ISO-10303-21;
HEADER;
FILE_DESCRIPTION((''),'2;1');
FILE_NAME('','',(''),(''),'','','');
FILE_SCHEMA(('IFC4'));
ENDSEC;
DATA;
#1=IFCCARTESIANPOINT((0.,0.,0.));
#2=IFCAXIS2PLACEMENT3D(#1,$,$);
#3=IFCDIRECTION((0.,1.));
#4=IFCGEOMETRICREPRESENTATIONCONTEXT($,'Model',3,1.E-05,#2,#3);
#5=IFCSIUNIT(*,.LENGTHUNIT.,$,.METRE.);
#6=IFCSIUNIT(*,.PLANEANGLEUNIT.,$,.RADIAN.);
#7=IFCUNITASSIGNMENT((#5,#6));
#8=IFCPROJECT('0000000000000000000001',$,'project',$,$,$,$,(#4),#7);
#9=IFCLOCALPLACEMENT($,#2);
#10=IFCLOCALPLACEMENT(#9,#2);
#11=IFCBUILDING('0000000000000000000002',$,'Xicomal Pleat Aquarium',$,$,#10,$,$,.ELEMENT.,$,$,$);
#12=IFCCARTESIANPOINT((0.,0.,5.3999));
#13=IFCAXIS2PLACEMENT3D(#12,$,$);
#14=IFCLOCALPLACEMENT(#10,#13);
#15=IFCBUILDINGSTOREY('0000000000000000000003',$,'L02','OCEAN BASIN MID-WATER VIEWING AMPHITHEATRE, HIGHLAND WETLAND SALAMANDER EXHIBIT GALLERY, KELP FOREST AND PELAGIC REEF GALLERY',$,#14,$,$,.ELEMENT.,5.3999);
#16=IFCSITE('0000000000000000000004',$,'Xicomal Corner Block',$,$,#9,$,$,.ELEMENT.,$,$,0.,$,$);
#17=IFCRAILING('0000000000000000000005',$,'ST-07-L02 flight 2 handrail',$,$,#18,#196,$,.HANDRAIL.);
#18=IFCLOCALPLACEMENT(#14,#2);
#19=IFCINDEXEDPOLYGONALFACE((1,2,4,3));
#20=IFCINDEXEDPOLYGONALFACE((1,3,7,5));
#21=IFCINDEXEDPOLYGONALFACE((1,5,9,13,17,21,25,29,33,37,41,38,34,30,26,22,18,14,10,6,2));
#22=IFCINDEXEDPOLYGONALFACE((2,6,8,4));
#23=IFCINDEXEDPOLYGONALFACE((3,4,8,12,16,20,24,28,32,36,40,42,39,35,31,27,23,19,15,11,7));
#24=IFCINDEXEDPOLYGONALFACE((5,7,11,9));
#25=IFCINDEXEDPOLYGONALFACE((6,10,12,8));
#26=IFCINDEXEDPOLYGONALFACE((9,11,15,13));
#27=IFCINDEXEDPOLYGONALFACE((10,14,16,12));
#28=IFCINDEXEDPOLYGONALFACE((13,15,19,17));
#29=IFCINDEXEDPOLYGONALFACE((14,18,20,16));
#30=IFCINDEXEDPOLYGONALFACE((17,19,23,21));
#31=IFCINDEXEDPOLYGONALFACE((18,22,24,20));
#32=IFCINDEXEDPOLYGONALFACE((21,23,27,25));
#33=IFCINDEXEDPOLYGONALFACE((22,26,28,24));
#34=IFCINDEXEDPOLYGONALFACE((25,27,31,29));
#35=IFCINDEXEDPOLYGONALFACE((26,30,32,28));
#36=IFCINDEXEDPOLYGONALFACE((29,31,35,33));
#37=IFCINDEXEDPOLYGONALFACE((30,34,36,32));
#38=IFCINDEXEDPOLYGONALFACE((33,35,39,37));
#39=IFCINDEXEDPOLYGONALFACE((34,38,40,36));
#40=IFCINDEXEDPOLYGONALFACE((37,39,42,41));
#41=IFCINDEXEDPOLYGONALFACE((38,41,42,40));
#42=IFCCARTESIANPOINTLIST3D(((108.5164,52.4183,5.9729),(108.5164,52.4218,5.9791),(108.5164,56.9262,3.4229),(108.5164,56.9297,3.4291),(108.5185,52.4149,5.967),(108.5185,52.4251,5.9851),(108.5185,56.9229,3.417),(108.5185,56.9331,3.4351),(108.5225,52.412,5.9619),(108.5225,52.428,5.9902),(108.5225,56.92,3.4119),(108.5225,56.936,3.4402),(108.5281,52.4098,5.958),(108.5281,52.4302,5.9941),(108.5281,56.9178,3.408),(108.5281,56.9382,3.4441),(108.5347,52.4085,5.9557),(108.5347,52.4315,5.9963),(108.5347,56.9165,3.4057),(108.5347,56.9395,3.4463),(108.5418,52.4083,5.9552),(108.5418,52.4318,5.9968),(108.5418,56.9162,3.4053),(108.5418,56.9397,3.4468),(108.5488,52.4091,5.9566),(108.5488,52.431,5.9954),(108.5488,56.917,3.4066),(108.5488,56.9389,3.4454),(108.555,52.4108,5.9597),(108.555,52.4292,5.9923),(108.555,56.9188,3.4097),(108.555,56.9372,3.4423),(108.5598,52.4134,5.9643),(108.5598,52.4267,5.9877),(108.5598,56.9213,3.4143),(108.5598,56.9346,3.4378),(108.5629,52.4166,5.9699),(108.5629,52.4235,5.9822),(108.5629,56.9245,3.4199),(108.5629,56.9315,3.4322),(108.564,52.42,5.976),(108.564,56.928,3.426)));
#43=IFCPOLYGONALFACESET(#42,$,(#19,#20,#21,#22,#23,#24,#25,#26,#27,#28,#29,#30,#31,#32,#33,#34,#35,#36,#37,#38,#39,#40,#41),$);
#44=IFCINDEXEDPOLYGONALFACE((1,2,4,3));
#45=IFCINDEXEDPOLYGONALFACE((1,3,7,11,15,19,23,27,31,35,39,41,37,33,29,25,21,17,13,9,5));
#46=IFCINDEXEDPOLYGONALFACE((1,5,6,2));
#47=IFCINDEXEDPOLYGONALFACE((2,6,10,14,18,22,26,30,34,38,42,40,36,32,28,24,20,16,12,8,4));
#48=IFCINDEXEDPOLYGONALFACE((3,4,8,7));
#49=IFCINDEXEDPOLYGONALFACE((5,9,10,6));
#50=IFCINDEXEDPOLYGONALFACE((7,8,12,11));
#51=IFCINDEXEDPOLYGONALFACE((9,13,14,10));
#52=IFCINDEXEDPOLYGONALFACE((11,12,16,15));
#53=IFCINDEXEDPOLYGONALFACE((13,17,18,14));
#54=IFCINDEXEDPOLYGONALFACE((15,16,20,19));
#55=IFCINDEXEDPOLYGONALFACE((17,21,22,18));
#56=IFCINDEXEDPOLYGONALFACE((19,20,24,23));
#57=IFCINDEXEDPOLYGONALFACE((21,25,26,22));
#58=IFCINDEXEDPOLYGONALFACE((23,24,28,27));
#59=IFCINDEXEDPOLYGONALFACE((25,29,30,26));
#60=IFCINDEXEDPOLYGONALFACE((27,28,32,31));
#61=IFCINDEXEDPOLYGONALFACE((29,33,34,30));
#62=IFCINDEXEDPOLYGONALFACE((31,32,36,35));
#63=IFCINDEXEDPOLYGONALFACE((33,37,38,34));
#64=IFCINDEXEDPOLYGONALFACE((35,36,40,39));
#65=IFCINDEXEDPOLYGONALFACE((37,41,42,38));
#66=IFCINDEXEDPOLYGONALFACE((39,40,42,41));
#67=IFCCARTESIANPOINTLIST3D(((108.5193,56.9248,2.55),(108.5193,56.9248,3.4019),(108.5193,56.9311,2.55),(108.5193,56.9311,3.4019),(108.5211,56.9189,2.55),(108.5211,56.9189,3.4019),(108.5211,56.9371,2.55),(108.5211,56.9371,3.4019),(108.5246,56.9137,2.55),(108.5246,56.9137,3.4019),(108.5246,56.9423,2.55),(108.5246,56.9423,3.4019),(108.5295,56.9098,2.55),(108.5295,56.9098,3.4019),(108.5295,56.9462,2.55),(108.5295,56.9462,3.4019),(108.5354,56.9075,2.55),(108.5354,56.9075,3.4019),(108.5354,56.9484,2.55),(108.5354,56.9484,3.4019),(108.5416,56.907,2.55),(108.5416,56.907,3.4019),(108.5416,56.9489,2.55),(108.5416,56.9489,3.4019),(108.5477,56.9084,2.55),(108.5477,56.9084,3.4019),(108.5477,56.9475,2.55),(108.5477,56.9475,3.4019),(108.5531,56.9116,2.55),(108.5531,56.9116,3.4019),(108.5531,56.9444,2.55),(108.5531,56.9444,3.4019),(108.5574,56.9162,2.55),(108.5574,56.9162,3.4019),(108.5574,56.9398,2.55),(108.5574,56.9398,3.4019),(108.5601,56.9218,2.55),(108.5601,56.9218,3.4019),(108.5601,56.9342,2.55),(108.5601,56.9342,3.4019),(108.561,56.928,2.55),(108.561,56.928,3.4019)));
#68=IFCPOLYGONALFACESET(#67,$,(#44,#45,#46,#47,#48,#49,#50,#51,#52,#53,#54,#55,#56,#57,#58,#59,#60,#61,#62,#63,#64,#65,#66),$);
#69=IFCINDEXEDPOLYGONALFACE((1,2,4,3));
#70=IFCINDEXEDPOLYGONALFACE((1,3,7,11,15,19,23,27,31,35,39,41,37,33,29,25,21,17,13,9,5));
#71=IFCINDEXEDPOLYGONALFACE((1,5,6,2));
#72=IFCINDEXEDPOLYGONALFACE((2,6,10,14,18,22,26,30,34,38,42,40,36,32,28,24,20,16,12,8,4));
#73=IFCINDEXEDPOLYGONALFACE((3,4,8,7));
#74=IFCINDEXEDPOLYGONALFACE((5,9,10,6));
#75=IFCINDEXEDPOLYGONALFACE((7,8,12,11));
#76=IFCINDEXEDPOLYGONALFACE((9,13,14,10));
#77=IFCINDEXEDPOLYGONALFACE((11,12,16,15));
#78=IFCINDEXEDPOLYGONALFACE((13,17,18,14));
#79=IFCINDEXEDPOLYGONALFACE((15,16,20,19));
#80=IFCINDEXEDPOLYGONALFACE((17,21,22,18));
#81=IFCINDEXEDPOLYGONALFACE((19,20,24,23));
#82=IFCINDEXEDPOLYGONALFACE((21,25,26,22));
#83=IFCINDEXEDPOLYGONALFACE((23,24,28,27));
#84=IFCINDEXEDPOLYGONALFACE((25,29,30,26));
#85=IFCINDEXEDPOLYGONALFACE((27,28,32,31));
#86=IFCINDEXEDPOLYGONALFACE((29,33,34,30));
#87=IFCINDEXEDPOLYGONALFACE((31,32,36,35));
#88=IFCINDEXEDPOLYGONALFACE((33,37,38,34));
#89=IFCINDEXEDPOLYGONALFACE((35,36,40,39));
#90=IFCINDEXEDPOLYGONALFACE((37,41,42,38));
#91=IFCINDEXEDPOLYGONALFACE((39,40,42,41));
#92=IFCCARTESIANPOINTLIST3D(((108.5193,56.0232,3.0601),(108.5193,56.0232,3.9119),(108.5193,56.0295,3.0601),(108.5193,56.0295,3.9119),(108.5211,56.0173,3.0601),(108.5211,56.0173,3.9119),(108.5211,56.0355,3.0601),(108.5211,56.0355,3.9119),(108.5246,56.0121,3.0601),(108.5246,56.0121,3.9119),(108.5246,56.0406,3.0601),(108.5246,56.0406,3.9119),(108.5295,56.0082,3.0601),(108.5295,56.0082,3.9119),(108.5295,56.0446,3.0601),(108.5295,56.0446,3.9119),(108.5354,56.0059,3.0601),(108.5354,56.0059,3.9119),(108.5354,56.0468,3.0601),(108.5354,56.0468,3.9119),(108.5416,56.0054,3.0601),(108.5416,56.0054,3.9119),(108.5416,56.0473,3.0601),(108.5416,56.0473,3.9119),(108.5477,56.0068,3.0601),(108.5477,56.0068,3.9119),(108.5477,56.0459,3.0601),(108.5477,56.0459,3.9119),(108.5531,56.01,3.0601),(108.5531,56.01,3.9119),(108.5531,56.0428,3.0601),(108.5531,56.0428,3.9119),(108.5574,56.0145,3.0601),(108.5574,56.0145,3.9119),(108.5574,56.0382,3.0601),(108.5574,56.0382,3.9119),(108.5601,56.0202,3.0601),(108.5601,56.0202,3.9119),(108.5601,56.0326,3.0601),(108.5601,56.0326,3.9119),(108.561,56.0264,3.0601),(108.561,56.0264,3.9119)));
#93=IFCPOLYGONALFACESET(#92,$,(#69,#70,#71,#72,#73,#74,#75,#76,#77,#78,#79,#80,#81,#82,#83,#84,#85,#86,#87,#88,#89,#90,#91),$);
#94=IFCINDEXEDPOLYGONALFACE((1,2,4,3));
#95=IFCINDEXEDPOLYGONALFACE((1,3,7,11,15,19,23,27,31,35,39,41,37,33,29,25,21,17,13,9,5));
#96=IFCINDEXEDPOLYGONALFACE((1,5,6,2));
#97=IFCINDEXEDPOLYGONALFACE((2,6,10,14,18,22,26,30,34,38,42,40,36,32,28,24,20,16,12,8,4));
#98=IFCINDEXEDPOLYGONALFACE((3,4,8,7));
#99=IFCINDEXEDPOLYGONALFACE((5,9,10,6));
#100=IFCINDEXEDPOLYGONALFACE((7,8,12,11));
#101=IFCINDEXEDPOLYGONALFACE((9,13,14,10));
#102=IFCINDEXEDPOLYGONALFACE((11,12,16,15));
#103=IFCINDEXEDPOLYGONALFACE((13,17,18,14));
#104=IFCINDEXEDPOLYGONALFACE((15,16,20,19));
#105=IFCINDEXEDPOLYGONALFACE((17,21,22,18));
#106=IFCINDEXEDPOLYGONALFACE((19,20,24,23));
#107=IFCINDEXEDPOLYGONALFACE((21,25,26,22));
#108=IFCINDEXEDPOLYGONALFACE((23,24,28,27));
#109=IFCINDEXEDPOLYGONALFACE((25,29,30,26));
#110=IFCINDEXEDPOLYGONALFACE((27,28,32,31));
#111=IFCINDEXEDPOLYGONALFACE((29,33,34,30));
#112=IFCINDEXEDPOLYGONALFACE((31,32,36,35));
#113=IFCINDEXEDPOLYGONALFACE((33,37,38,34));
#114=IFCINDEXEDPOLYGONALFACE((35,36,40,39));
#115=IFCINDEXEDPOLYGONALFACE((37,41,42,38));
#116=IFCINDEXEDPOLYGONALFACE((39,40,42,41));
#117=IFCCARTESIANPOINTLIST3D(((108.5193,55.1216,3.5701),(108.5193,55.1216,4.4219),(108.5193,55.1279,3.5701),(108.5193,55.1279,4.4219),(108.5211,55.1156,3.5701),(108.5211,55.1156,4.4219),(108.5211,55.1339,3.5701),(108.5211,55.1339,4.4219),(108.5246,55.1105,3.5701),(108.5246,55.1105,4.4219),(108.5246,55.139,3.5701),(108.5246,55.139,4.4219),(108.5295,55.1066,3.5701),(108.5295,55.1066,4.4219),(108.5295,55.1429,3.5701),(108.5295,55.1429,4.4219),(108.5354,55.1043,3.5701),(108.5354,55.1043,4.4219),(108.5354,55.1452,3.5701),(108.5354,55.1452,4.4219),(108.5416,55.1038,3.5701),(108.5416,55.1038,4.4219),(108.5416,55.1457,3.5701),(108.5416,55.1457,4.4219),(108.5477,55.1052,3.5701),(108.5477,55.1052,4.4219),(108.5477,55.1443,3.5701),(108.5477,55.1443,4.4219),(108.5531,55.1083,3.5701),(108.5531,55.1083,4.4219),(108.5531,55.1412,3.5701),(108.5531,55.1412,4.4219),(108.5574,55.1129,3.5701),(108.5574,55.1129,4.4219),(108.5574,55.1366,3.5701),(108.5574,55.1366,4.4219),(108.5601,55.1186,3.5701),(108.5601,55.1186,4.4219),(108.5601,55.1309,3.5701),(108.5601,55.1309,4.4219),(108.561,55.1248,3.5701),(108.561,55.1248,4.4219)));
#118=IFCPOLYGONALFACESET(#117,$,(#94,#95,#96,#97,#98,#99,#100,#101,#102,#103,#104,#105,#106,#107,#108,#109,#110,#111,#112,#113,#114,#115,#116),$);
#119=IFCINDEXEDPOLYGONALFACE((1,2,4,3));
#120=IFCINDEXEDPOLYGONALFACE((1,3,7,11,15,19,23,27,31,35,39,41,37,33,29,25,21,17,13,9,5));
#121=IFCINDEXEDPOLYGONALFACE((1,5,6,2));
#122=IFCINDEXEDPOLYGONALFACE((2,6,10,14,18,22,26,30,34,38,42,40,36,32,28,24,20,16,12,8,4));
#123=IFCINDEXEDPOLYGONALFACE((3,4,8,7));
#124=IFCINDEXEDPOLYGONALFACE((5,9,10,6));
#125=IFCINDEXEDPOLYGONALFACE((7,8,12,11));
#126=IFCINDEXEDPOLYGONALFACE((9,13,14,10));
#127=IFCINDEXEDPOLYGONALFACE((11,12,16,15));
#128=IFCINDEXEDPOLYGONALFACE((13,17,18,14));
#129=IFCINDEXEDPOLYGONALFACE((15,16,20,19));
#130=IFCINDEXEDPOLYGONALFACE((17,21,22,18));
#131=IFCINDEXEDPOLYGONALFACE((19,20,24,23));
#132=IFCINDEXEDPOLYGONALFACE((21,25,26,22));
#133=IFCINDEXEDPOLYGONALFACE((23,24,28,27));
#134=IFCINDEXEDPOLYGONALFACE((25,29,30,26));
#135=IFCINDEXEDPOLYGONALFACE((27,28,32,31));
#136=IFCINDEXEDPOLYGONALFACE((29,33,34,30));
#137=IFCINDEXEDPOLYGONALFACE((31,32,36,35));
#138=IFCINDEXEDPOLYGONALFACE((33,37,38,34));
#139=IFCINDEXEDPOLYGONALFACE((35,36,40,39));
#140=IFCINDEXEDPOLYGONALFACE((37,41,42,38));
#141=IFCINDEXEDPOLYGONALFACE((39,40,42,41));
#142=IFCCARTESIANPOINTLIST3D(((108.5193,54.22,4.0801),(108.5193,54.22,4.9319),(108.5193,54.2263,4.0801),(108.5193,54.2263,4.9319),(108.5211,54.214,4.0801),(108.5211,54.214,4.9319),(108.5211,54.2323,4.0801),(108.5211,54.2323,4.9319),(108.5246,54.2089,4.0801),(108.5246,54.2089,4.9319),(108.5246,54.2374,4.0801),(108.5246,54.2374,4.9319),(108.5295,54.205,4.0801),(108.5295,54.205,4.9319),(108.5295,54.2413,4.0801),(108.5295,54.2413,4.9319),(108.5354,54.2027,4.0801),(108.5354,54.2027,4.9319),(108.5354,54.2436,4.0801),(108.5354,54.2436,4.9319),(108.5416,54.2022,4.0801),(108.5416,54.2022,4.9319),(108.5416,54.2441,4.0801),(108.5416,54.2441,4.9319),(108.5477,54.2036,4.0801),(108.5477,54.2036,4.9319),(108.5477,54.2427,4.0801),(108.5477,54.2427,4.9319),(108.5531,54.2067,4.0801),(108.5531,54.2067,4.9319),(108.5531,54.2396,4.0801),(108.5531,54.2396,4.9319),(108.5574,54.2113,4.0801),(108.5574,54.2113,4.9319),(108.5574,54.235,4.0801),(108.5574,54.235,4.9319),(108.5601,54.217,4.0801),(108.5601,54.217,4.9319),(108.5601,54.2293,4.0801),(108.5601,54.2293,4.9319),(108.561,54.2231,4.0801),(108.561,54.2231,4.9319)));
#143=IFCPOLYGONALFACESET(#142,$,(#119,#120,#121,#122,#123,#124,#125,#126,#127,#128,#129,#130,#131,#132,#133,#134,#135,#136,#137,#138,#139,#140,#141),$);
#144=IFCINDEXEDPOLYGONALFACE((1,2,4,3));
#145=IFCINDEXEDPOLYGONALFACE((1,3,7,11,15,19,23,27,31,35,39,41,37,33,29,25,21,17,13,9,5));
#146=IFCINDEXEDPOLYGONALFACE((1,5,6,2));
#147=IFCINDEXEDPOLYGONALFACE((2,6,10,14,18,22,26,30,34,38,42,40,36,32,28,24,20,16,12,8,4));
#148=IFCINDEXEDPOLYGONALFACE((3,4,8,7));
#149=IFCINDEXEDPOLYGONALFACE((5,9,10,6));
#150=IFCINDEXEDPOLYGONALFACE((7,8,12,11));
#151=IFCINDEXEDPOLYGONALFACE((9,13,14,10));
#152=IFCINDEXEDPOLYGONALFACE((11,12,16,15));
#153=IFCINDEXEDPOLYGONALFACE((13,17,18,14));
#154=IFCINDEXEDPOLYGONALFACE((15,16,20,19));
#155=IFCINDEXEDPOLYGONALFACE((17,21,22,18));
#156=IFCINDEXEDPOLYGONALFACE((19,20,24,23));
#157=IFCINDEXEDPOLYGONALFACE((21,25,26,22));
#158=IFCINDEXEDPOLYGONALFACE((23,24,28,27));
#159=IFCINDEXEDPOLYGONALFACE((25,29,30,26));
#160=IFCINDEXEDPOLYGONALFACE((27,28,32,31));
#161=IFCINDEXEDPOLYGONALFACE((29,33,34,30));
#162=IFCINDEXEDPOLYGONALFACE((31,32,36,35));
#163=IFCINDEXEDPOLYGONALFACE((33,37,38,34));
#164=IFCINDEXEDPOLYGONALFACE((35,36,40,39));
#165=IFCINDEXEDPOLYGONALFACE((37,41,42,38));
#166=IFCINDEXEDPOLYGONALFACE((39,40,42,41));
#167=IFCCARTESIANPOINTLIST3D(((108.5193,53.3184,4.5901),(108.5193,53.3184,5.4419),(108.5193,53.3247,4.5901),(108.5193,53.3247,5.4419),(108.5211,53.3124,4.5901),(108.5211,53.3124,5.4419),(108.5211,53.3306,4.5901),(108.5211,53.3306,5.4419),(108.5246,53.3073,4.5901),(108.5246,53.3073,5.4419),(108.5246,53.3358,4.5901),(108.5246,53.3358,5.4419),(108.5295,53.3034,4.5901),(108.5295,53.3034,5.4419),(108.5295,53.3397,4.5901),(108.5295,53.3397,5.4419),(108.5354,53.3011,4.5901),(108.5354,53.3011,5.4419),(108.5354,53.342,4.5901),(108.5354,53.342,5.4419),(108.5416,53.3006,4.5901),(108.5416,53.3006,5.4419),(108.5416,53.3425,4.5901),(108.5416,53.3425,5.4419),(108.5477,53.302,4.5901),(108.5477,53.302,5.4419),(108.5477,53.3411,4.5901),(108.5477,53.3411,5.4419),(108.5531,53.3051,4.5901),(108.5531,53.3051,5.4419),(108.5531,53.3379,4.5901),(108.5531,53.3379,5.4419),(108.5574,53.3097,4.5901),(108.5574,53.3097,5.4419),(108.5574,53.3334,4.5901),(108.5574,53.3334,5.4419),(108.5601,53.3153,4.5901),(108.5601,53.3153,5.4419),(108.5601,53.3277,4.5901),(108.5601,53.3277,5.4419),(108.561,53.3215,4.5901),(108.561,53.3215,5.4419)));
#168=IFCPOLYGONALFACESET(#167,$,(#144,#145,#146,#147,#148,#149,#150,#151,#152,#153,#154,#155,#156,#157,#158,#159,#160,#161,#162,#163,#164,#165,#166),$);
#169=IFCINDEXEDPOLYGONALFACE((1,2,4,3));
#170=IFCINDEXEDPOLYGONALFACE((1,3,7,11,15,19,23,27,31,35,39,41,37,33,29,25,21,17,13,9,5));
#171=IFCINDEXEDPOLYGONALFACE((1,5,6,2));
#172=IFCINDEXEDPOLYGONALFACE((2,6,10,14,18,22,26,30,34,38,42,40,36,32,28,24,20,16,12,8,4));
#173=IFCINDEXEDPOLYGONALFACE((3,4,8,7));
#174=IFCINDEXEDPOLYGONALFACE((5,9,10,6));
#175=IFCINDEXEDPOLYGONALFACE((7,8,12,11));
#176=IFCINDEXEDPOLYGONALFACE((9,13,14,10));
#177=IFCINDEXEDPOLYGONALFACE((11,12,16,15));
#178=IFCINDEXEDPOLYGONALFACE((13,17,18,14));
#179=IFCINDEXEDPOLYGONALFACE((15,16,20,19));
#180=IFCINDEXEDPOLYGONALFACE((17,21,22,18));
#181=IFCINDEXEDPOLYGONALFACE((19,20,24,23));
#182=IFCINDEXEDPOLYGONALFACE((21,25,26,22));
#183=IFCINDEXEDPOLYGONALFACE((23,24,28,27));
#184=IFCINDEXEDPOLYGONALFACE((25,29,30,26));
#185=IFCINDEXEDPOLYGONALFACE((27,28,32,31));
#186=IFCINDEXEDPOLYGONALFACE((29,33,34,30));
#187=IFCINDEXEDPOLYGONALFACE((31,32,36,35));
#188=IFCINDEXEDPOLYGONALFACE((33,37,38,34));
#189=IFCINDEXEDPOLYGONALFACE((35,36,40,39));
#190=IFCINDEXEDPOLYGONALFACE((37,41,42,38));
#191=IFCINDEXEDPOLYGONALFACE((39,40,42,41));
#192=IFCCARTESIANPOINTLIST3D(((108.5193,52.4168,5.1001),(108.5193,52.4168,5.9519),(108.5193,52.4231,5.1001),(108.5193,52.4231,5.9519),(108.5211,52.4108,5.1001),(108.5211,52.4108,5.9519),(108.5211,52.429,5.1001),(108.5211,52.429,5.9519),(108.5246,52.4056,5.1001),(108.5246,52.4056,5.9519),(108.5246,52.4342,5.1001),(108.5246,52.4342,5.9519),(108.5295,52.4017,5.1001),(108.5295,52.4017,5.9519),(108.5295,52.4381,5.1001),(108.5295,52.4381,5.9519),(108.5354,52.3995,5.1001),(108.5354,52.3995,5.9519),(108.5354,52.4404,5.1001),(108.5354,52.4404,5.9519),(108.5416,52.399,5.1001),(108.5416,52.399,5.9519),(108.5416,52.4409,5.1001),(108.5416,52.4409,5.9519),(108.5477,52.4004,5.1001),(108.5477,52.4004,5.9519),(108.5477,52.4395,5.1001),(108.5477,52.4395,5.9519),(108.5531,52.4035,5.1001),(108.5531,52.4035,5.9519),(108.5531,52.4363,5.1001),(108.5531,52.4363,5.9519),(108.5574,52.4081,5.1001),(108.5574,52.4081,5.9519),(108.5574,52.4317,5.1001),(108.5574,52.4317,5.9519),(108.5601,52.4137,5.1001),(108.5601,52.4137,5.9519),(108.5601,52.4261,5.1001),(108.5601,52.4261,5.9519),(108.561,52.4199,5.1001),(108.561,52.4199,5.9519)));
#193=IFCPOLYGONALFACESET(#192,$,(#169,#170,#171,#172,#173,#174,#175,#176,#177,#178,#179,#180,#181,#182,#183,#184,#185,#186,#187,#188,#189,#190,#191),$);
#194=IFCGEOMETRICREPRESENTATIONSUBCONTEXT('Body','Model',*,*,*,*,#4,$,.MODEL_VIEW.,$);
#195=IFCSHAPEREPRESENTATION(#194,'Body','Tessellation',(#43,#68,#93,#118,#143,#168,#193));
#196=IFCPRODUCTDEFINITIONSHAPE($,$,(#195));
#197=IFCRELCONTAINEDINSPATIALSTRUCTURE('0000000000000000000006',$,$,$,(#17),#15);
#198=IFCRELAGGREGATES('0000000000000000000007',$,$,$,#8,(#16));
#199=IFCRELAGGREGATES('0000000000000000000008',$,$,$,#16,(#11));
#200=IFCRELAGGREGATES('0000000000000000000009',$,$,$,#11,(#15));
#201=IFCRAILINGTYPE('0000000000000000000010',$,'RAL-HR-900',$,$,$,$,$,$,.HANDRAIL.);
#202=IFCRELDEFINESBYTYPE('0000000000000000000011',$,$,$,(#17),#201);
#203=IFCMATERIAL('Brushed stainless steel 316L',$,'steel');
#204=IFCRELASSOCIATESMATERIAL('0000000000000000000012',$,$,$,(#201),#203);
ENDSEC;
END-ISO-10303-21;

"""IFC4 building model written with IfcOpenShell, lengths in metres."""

from ifc_helpers import new_model, si_unit, direction, frame, origin, origin_2d, place, context, subcontext, project, spatial, circle, extrude, material, type_object, element, save


model = new_model("IFC4")

# Units and contexts
model_context = context("Model", 3, precision=1e-05, world=origin(), true_north=direction((0.0, 1.0)))
body_context = subcontext(model_context, "Body", "Model", "MODEL_VIEW")
ifc_project = project(units=[si_unit("LENGTHUNIT", "METRE"), si_unit("PLANEANGLEUNIT", "RADIAN")], contexts=[model_context])

# Site, building, storey
site_placement = place(None, origin())
site = spatial("IfcSite", under=ifc_project, at=site_placement, Name="Xicomal Corner Block", CompositionType="ELEMENT", RefElevation=0.0)
building_placement = place(site_placement, origin())
building = spatial("IfcBuilding", under=site, at=building_placement, Name="Xicomal Pleat Aquarium", CompositionType="ELEMENT")
storey_placement = place(building_placement, frame((0.0, 0.0, 5.3999)))
storey = spatial("IfcBuildingStorey", under=building, at=storey_placement, Name="L02", Description="OCEAN BASIN MID-WATER VIEWING AMPHITHEATRE, HIGHLAND WETLAND SALAMANDER EXHIBIT GALLERY, KELP FOREST AND PELAGIC REEF GALLERY", CompositionType="ELEMENT", Elevation=5.3999)

# Railing
ifc_material_1 = material(Name="Brushed stainless steel 316L", Category="steel")
railing_type_1 = type_object("IfcRailingType", Name="RAL-HR-900", PredefinedType="HANDRAIL", material=ifc_material_1)
railing_1_placement = place(storey_placement, frame((108.54, 56.928, 2.55)))
element("IfcRailing", 1, at=railing_1_placement, inside=storey, type_object=railing_type_1, Name="ST-07-L02 flight 2 handrail", PredefinedType="HANDRAIL", context=body_context, shape_type="SweptSolid", body=[
    extrude(circle(Radius=0.0239, at=origin_2d()), frame((0.0, 0.0, 0.876), z_axis=(0.0, -0.870396, 0.492352), x_axis=(1.0, 0.0, 0.0)), (0.0, 0.0, 1.0), 5.1792),
    extrude(circle(Radius=0.021, at=origin_2d()), origin(), (0.0, 0.0, 1.0), 0.8518),
    extrude(circle(Radius=0.021, at=origin_2d()), frame((0.0, -0.9016, 0.51)), (0.0, 0.0, 1.0), 0.8518),
    extrude(circle(Radius=0.021, at=origin_2d()), frame((0.0, -1.8032, 1.02)), (0.0, 0.0, 1.0), 0.8518),
    extrude(circle(Radius=0.021, at=origin_2d()), frame((0.0, -2.7048, 1.53)), (0.0, 0.0, 1.0), 0.8518),
    extrude(circle(Radius=0.021, at=origin_2d()), frame((0.0, -3.6064, 2.04)), (0.0, 0.0, 1.0), 0.8518),
    extrude(circle(Radius=0.021, at=origin_2d()), frame((0.0, -4.5081, 2.55)), (0.0, 0.0, 1.0), 0.8518),
])

save(model, "model.ifc")
